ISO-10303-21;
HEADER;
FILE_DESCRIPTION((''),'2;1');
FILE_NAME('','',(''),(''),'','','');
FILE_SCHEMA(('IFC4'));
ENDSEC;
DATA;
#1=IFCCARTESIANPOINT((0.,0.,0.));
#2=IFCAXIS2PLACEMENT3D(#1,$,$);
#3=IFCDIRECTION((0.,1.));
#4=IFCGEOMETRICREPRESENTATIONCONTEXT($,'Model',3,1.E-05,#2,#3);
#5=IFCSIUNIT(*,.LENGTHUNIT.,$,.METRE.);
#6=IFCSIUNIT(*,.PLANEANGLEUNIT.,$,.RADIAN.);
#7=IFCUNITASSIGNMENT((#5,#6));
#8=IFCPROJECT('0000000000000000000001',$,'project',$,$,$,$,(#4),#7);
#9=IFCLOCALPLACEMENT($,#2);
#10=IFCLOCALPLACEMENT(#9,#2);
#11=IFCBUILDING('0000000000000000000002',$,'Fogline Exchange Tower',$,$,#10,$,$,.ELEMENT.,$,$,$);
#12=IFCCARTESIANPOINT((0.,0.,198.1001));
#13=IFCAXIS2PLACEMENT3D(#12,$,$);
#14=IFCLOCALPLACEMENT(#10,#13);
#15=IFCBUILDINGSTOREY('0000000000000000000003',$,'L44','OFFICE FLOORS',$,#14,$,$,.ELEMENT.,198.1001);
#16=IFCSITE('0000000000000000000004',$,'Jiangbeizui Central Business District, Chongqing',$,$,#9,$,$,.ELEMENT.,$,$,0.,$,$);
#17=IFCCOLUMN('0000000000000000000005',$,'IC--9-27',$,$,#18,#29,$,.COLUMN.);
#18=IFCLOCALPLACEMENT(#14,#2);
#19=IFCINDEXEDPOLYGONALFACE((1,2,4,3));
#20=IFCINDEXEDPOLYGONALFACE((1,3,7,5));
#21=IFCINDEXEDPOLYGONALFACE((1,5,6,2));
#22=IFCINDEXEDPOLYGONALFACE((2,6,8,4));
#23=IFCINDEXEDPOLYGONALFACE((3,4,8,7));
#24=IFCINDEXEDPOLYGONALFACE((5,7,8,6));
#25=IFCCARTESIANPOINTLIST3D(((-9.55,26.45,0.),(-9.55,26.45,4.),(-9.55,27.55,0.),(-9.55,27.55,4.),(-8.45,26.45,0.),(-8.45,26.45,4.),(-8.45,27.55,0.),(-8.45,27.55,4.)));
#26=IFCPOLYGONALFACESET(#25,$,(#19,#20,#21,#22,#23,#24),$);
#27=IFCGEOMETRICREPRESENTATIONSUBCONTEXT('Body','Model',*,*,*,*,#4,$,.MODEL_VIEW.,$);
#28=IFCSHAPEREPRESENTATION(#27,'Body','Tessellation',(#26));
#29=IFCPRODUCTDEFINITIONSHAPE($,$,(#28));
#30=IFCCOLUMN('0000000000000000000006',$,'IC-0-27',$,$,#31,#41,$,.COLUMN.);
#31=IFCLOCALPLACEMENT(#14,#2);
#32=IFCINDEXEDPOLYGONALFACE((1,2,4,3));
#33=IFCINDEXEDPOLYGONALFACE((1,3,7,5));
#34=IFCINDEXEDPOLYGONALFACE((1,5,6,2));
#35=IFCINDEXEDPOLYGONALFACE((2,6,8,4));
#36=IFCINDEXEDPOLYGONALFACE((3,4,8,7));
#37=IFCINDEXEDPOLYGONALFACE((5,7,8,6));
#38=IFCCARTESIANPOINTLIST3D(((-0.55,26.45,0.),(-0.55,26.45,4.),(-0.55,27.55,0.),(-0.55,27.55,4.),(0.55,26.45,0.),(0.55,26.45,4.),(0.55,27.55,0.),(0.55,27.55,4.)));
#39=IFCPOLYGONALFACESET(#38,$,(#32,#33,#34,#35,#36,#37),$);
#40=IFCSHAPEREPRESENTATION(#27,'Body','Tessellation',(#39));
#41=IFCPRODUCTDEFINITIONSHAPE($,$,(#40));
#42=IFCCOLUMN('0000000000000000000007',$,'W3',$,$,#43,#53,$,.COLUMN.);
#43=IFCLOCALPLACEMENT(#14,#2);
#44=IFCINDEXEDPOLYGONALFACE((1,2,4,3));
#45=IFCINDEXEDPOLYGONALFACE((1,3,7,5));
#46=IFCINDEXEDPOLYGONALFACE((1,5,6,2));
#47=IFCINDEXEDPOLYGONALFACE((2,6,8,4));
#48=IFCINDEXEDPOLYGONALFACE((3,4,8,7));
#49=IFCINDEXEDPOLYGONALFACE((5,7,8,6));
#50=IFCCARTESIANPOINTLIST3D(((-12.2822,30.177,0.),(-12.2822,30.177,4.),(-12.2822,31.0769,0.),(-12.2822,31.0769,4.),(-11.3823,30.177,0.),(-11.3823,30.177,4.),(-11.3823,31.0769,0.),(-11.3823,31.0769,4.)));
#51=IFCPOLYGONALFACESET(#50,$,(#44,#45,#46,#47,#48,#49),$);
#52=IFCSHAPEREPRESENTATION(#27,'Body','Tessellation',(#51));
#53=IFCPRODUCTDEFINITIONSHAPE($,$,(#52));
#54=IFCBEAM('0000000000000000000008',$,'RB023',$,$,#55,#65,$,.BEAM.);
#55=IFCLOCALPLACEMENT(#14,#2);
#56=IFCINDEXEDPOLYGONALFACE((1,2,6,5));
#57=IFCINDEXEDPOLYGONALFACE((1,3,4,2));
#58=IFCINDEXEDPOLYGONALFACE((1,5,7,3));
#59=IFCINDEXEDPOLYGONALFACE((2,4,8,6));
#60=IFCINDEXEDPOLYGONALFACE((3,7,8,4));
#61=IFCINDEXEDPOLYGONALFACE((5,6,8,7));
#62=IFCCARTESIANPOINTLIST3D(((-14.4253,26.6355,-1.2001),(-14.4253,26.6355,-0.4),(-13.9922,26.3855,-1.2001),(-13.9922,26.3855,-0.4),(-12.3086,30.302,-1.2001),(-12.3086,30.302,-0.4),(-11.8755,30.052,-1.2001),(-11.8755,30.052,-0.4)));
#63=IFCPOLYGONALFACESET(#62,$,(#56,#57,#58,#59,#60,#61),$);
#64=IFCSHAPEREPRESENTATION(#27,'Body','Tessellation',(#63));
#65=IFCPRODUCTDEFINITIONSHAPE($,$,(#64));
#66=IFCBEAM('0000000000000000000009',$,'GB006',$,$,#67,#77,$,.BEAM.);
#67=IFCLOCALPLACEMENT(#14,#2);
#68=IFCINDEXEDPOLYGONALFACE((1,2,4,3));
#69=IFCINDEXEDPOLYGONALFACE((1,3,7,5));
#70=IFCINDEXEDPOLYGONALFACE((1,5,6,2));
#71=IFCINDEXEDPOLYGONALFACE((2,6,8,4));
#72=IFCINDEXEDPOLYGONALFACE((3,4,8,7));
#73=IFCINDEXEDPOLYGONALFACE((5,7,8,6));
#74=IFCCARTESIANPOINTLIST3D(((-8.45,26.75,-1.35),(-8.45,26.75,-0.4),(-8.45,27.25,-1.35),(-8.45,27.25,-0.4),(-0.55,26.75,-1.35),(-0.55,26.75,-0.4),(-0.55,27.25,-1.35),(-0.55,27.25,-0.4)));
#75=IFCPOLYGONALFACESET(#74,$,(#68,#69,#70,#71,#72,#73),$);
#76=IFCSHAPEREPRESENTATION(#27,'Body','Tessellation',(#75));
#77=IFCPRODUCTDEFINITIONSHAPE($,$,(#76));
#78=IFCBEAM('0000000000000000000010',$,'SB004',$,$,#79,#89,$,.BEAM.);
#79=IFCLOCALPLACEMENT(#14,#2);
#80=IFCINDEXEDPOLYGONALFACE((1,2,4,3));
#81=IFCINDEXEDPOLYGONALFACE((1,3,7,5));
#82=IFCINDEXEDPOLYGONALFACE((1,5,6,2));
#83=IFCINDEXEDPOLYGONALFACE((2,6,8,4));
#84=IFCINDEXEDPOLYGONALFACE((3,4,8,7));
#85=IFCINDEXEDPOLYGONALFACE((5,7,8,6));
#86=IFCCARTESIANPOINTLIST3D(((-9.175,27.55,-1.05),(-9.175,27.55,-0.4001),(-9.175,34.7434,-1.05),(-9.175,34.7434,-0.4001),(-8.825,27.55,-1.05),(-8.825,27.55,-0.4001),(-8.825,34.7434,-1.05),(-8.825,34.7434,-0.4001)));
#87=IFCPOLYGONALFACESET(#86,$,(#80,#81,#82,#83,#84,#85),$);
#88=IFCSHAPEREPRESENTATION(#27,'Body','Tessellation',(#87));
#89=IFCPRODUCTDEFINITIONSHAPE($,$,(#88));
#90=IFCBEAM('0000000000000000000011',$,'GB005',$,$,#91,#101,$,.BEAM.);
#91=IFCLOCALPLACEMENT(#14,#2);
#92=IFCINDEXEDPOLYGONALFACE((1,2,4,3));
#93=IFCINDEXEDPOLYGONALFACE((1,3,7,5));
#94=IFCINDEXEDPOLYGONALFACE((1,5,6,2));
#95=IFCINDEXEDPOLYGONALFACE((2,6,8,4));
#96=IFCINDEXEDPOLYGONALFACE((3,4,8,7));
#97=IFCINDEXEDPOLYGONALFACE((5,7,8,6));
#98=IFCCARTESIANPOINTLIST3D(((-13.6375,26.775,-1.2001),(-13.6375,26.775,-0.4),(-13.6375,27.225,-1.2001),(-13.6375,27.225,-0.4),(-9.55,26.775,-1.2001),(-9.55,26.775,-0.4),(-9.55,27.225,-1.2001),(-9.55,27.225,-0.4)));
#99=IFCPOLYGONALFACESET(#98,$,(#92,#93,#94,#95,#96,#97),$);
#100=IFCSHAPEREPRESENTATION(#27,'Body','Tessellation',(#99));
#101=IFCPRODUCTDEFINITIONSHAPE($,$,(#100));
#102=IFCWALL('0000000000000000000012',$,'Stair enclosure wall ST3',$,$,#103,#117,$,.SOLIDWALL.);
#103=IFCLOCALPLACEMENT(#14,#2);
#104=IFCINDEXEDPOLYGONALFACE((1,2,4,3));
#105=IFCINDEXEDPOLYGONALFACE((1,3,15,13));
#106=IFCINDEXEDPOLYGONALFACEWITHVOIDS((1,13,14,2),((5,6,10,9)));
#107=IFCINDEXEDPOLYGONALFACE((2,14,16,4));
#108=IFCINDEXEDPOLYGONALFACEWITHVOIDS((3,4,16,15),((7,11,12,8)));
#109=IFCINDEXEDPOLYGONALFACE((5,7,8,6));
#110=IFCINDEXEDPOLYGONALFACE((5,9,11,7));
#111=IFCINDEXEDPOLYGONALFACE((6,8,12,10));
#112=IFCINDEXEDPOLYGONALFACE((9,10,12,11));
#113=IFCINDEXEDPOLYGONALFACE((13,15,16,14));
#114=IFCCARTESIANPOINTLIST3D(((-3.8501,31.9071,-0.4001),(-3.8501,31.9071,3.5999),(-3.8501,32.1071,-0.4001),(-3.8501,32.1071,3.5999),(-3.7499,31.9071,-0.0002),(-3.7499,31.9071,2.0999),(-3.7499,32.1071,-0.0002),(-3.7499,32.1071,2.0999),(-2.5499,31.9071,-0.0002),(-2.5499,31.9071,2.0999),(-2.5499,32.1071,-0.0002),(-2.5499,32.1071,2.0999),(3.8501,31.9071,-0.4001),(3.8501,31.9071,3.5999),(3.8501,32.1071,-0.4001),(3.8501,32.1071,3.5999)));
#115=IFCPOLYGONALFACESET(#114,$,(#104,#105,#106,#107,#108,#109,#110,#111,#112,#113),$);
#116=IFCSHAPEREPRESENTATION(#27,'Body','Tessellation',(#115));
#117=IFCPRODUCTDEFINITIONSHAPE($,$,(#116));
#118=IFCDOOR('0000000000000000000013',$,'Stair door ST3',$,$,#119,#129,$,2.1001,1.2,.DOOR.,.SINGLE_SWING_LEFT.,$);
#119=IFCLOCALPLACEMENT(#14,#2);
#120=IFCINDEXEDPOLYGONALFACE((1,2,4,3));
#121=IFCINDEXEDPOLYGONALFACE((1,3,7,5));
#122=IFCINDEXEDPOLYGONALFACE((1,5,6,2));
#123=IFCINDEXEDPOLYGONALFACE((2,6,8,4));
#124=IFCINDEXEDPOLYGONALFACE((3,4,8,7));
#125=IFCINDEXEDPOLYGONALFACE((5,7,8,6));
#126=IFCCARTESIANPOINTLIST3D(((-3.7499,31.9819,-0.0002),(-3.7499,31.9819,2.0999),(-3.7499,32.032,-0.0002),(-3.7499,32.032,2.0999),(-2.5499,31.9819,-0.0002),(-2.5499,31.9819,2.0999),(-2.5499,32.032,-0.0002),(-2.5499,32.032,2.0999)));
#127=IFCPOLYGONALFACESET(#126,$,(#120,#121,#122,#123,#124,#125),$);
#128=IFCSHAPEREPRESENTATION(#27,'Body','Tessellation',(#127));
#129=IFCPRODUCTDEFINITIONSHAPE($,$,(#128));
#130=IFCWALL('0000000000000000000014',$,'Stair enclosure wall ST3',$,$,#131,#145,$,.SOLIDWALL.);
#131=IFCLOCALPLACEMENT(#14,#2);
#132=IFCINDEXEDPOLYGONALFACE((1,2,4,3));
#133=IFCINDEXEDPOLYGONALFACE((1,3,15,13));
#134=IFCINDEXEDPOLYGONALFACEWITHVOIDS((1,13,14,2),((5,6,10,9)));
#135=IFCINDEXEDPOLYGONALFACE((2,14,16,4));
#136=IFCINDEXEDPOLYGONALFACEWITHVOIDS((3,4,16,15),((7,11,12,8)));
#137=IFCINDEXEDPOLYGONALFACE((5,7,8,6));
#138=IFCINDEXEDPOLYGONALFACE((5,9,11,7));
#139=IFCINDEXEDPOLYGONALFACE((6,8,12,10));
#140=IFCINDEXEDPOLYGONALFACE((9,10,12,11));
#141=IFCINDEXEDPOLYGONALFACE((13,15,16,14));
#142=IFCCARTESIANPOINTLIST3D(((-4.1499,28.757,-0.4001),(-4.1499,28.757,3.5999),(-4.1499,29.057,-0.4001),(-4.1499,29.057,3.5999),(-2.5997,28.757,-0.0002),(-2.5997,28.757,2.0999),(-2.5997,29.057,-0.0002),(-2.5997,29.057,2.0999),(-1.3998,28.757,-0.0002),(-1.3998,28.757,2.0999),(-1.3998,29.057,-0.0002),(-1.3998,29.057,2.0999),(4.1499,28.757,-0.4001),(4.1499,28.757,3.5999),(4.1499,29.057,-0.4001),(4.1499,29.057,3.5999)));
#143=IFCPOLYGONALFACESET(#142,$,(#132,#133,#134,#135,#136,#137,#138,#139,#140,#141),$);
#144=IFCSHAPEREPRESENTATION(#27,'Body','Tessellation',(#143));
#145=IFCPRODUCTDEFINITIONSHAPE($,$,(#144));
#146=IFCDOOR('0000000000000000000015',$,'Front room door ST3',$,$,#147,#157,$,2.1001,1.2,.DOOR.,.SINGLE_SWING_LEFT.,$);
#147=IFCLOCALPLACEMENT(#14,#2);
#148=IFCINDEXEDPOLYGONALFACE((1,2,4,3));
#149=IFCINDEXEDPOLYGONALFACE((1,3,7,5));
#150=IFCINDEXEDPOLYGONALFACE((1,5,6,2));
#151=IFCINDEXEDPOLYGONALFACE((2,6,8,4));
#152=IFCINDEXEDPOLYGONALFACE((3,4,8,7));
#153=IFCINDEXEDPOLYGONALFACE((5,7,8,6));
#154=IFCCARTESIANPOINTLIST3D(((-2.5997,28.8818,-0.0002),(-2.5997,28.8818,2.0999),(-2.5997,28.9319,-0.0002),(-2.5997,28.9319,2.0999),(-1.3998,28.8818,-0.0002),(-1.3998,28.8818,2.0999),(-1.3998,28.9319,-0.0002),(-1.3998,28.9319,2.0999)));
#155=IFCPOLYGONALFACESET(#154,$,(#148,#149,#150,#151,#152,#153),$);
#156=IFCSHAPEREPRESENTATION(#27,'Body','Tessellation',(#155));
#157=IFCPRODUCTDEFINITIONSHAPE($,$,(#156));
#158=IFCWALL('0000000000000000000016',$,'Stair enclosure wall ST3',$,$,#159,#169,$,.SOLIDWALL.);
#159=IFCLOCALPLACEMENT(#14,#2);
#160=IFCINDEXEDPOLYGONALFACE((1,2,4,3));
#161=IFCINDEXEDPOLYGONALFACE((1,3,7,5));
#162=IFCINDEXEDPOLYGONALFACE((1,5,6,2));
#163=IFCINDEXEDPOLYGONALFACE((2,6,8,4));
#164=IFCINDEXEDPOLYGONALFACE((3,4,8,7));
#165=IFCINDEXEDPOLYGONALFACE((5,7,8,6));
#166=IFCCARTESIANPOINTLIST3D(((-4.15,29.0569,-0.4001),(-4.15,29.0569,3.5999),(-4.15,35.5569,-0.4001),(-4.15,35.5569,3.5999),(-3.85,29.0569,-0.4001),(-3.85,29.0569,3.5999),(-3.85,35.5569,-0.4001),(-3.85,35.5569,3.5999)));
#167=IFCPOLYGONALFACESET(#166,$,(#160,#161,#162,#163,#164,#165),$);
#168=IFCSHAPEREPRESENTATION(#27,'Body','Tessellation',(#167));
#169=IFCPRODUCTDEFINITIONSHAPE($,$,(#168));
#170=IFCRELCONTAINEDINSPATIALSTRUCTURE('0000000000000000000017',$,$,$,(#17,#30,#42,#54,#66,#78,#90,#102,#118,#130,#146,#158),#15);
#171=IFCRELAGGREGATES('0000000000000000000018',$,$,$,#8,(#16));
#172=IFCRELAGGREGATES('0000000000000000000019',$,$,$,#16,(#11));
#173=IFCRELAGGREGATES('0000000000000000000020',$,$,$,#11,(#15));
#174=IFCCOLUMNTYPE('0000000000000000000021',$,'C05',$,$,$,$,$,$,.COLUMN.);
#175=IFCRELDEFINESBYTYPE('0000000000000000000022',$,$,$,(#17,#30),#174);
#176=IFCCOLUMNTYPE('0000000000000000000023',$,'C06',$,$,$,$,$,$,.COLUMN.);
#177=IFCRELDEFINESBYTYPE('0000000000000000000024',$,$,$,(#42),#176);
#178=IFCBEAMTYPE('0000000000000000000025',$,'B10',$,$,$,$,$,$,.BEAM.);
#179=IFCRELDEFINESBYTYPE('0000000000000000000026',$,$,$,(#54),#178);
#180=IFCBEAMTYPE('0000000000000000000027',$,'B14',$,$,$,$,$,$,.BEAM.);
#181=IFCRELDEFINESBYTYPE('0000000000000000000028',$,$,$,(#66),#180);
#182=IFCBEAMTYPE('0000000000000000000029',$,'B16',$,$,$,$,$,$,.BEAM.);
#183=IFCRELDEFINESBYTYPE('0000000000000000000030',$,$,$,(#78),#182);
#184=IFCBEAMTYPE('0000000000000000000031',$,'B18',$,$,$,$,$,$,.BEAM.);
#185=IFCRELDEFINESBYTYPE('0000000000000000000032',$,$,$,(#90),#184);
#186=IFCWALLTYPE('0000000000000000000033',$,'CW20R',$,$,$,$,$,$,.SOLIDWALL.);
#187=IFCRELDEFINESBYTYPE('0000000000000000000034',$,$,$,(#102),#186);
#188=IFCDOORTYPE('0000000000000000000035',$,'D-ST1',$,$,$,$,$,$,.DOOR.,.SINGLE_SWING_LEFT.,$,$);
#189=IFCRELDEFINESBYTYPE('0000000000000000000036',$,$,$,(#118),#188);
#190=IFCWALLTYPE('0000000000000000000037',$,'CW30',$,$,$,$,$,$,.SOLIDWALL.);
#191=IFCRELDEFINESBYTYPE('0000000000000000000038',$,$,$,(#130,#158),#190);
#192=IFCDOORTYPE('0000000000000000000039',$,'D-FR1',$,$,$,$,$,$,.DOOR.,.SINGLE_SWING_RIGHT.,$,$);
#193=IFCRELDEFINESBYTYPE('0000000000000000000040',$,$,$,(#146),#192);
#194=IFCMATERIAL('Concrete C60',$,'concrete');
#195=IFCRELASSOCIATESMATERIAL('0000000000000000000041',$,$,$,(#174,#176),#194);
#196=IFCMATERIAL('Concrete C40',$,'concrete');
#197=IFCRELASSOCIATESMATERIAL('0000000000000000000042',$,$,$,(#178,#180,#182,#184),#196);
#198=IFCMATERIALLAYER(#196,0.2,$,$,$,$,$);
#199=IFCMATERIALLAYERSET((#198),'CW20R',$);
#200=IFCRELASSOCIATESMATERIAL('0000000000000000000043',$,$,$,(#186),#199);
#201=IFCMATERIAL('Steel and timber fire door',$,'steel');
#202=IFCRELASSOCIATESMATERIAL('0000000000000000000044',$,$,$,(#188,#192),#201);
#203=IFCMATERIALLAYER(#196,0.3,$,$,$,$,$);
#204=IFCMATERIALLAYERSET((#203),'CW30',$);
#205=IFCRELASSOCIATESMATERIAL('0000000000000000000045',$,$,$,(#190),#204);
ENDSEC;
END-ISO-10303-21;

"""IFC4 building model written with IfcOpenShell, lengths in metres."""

from ifc_helpers import new_model, si_unit, direction, frame, frame_2d, origin, origin_2d, place, context, subcontext, project, spatial, rectangle, extrude, material, layer, layer_set, material_profile, profile_set, type_object, element, fill, save


model = new_model("IFC4")

# Units and contexts
model_context = context("Model", 3, precision=1e-05, world=origin(), true_north=direction((0.0, 1.0)))
body_context = subcontext(model_context, "Body", "Model", "MODEL_VIEW")
ifc_project = project(units=[si_unit("LENGTHUNIT", "METRE"), si_unit("PLANEANGLEUNIT", "RADIAN")], contexts=[model_context])

# Site, building, storey
site_placement = place(None, origin())
site = spatial("IfcSite", under=ifc_project, at=site_placement, Name="Jiangbeizui Central Business District, Chongqing", CompositionType="ELEMENT", RefElevation=0.0)
building_placement = place(site_placement, origin())
building = spatial("IfcBuilding", under=site, at=building_placement, Name="Fogline Exchange Tower", CompositionType="ELEMENT")
storey_placement = place(building_placement, frame((0.0, 0.0, 198.1001)))
storey = spatial("IfcBuildingStorey", under=building, at=storey_placement, Name="L44", Description="OFFICE FLOORS", CompositionType="ELEMENT", Elevation=198.1001)

# Columns
ifc_material_1 = material(Name="Concrete C60", Category="concrete")
ifc_material_profile_1 = material_profile(ifc_material_1, rectangle(XDim=1.1001, YDim=1.1001, at=origin_2d()), Name="RC 1100x1100")
ifc_profile_set_1 = profile_set([ifc_material_profile_1], Name="Concrete C60")
column_type_1 = type_object("IfcColumnType", Name="C05", PredefinedType="COLUMN", material=ifc_profile_set_1)
for number, where, z_axis, x_axis, name in (
    (1, (-9.0, 27.0, 0.0), (0.0, 0.0, 1.0), (1.0, 0.0, 0.0), "IC--9-27"),
    (2, (0.0, 27.0, 0.0), (0.0, 0.0, 1.0), (1.0, 0.0, 0.0), "IC-0-27"),
):
    element("IfcColumn", number, at=place(storey_placement, frame(where, z_axis=z_axis, x_axis=x_axis)), inside=storey, type_object=column_type_1, Name=name, PredefinedType="COLUMN", context=body_context, shape_type="SweptSolid", body=[
        extrude(rectangle(XDim=1.1001, YDim=1.1001, at=origin_2d()), origin(), (0.0, 0.0, 1.0), 4.0),
    ])
ifc_material_profile_2 = material_profile(ifc_material_1, rectangle(XDim=0.8999, YDim=0.8999, at=origin_2d()), Name="RC 900x900")
ifc_profile_set_2 = profile_set([ifc_material_profile_2], Name="Concrete C60")
column_type_2 = type_object("IfcColumnType", Name="C06", PredefinedType="COLUMN", material=ifc_profile_set_2)
column_placement = place(storey_placement, frame((-11.8323, 30.627, 0.0), z_axis=(0.0, 0.0, 1.0), x_axis=(1.0, 0.0, 0.0)))
element("IfcColumn", 3, at=column_placement, inside=storey, type_object=column_type_2, Name="W3", PredefinedType="COLUMN", context=body_context, shape_type="SweptSolid", body=[
    extrude(rectangle(XDim=0.8999, YDim=0.8999, at=origin_2d()), origin(), (0.0, 0.0, 1.0), 4.0),
])

# Beams
ifc_material_2 = material(Name="Concrete C40", Category="concrete")
ifc_material_profile_3 = material_profile(ifc_material_2, rectangle(XDim=0.5, YDim=0.8, at=origin_2d()), Name="RC 500x800")
ifc_profile_set_3 = profile_set([ifc_material_profile_3], Name="Concrete C40")
beam_type_1 = type_object("IfcBeamType", Name="B10", PredefinedType="BEAM", material=ifc_profile_set_3)
beam_1_placement = place(storey_placement, frame((-12.092, 30.177, -0.8), z_axis=(-0.499972, -0.866042, 0.0), x_axis=(0.866042, -0.499972, 0.0)))
element("IfcBeam", 4, at=beam_1_placement, inside=storey, type_object=beam_type_1, Name="RB023", PredefinedType="BEAM", context=body_context, shape_type="SweptSolid", body=[
    extrude(rectangle(XDim=0.5, YDim=0.8, at=origin_2d()), origin(), (0.0, 0.0, 1.0), 4.2336),
])
ifc_material_profile_4 = material_profile(ifc_material_2, rectangle(XDim=0.5, YDim=0.95, at=origin_2d()), Name="RC 500x950")
ifc_profile_set_4 = profile_set([ifc_material_profile_4], Name="Concrete C40")
beam_type_2 = type_object("IfcBeamType", Name="B14", PredefinedType="BEAM", material=ifc_profile_set_4)
beam_2_placement = place(storey_placement, frame((-8.45, 27.0, -0.875), z_axis=(1.0, 0.0, 0.0), x_axis=(0.0, 1.0, 0.0)))
element("IfcBeam", 5, at=beam_2_placement, inside=storey, type_object=beam_type_2, Name="GB006", PredefinedType="BEAM", context=body_context, shape_type="SweptSolid", body=[
    extrude(rectangle(XDim=0.5, YDim=0.95, at=origin_2d()), origin(), (0.0, 0.0, 1.0), 7.8999),
])
ifc_material_profile_5 = material_profile(ifc_material_2, rectangle(XDim=0.3501, YDim=0.6499, at=origin_2d()), Name="RC 350x650")
ifc_profile_set_5 = profile_set([ifc_material_profile_5], Name="Concrete C40")
beam_type_3 = type_object("IfcBeamType", Name="B16", PredefinedType="BEAM", material=ifc_profile_set_5)
beam_3_placement = place(storey_placement, frame((-9.0, 27.55, -0.7251), z_axis=(0.0, 1.0, 0.0), x_axis=(-1.0, 0.0, 0.0)))
element("IfcBeam", 6, at=beam_3_placement, inside=storey, type_object=beam_type_3, Name="SB004", PredefinedType="BEAM", context=body_context, shape_type="SweptSolid", body=[
    extrude(rectangle(XDim=0.3501, YDim=0.6499, at=origin_2d()), origin(), (0.0, 0.0, 1.0), 7.1934),
])
ifc_material_profile_6 = material_profile(ifc_material_2, rectangle(XDim=0.45, YDim=0.8, at=origin_2d()), Name="RC 450x800")
ifc_profile_set_6 = profile_set([ifc_material_profile_6], Name="Concrete C40")
beam_type_4 = type_object("IfcBeamType", Name="B18", PredefinedType="BEAM", material=ifc_profile_set_6)
beam_4_placement = place(storey_placement, frame((-13.6375, 27.0, -0.8), z_axis=(1.0, 0.0, 0.0), x_axis=(0.0, 1.0, 0.0)))
element("IfcBeam", 7, at=beam_4_placement, inside=storey, type_object=beam_type_4, Name="GB005", PredefinedType="BEAM", context=body_context, shape_type="SweptSolid", body=[
    extrude(rectangle(XDim=0.45, YDim=0.8, at=origin_2d()), origin(), (0.0, 0.0, 1.0), 4.0874),
])

# Walls, openings, doors
ifc_layer_1 = layer(ifc_material_2, 0.2)
ifc_layer_set_1 = layer_set([ifc_layer_1], Name="CW20R")
wall_type_1 = type_object("IfcWallType", Name="CW20R", PredefinedType="SOLIDWALL", material=ifc_layer_set_1)
wall_1_placement = place(storey_placement, frame((-3.8501, 32.0071, -0.4001), z_axis=(0.0, 0.0, 1.0), x_axis=(1.0, 0.0, 0.0)))
wall_1 = element("IfcWall", 8, at=wall_1_placement, inside=storey, type_object=wall_type_1, Name="Stair enclosure wall ST3", PredefinedType="SOLIDWALL", context=body_context, shape_type="SweptSolid", body=[
    extrude(rectangle(XDim=7.7002, YDim=0.2, at=frame_2d((3.8501, 0.0))), origin(), (0.0, 0.0, 1.0), 4.0),
])
opening_1_placement = place(wall_1_placement, frame((0.1001, 0.0, 0.3999)))
opening_1 = element("IfcOpeningElement", 9, at=opening_1_placement, cuts=wall_1, PredefinedType="OPENING", context=body_context, shape_type="SweptSolid", body=[
    extrude(rectangle(XDim=1.2, YDim=2.1001, at=frame_2d((0.6001, 1.05))), frame((0.0, 0.1099, 0.0), z_axis=(0.0, -1.0, 0.0), x_axis=(1.0, 0.0, 0.0)), (0.0, 0.0, 1.0), 0.22),
])
ifc_material_3 = material(Name="Steel and timber fire door", Category="steel")
door_type_1 = type_object("IfcDoorType", Name="D-ST1", OperationType="SINGLE_SWING_LEFT", PredefinedType="DOOR", material=ifc_material_3)
door_1_placement = place(opening_1_placement, origin())
door_1 = element("IfcDoor", 10, at=door_1_placement, inside=storey, type_object=door_type_1, Name="Stair door ST3", OperationType="SINGLE_SWING_LEFT", OverallHeight=2.1001, OverallWidth=1.2, PredefinedType="DOOR", context=body_context, shape_type="SweptSolid", body=[
    extrude(rectangle(XDim=1.2, YDim=2.1001, at=frame_2d((0.6001, 1.05))), frame((0.0, 0.0249, 0.0), z_axis=(0.0, -1.0, 0.0), x_axis=(1.0, 0.0, 0.0)), (0.0, 0.0, 1.0), 0.05),
])
fill(opening_1, door_1)
ifc_layer_2 = layer(ifc_material_2, 0.3)
ifc_layer_set_2 = layer_set([ifc_layer_2], Name="CW30")
wall_type_2 = type_object("IfcWallType", Name="CW30", PredefinedType="SOLIDWALL", material=ifc_layer_set_2)
wall_2_placement = place(storey_placement, frame((-4.1499, 28.907, -0.4001), z_axis=(0.0, 0.0, 1.0), x_axis=(1.0, 0.0, 0.0)))
wall_2 = element("IfcWall", 11, at=wall_2_placement, inside=storey, type_object=wall_type_2, Name="Stair enclosure wall ST3", PredefinedType="SOLIDWALL", context=body_context, shape_type="SweptSolid", body=[
    extrude(rectangle(XDim=8.2998, YDim=0.3, at=frame_2d((4.1499, 0.0))), origin(), (0.0, 0.0, 1.0), 4.0),
])
opening_2_placement = place(wall_2_placement, frame((1.55, 0.0, 0.3999)))
opening_2 = element("IfcOpeningElement", 12, at=opening_2_placement, cuts=wall_2, PredefinedType="OPENING", context=body_context, shape_type="SweptSolid", body=[
    extrude(rectangle(XDim=1.2, YDim=2.1001, at=frame_2d((0.6001, 1.05))), frame((0.0, 0.1602, 0.0), z_axis=(0.0, -1.0, 0.0), x_axis=(1.0, 0.0, 0.0)), (0.0, 0.0, 1.0), 0.3201),
])
door_type_2 = type_object("IfcDoorType", Name="D-FR1", OperationType="SINGLE_SWING_RIGHT", PredefinedType="DOOR", material=ifc_material_3)
door_2_placement = place(opening_2_placement, origin())
door_2 = element("IfcDoor", 13, at=door_2_placement, inside=storey, type_object=door_type_2, Name="Front room door ST3", OperationType="SINGLE_SWING_LEFT", OverallHeight=2.1001, OverallWidth=1.2, PredefinedType="DOOR", context=body_context, shape_type="SweptSolid", body=[
    extrude(rectangle(XDim=1.2, YDim=2.1001, at=frame_2d((0.6001, 1.05))), frame((0.0, 0.0249, 0.0), z_axis=(0.0, -1.0, 0.0), x_axis=(1.0, 0.0, 0.0)), (0.0, 0.0, 1.0), 0.05),
])
fill(opening_2, door_2)

# Wall
wall_3_placement = place(storey_placement, frame((-4.0, 29.0569, -0.4001), z_axis=(0.0, 0.0, 1.0), x_axis=(0.0, 1.0, 0.0)))
element("IfcWall", 14, at=wall_3_placement, inside=storey, type_object=wall_type_2, Name="Stair enclosure wall ST3", PredefinedType="SOLIDWALL", context=body_context, shape_type="SweptSolid", body=[
    extrude(rectangle(XDim=6.5, YDim=0.3, at=frame_2d((3.25, 0.0))), origin(), (0.0, 0.0, 1.0), 4.0),
])

save(model, "model.ifc")
